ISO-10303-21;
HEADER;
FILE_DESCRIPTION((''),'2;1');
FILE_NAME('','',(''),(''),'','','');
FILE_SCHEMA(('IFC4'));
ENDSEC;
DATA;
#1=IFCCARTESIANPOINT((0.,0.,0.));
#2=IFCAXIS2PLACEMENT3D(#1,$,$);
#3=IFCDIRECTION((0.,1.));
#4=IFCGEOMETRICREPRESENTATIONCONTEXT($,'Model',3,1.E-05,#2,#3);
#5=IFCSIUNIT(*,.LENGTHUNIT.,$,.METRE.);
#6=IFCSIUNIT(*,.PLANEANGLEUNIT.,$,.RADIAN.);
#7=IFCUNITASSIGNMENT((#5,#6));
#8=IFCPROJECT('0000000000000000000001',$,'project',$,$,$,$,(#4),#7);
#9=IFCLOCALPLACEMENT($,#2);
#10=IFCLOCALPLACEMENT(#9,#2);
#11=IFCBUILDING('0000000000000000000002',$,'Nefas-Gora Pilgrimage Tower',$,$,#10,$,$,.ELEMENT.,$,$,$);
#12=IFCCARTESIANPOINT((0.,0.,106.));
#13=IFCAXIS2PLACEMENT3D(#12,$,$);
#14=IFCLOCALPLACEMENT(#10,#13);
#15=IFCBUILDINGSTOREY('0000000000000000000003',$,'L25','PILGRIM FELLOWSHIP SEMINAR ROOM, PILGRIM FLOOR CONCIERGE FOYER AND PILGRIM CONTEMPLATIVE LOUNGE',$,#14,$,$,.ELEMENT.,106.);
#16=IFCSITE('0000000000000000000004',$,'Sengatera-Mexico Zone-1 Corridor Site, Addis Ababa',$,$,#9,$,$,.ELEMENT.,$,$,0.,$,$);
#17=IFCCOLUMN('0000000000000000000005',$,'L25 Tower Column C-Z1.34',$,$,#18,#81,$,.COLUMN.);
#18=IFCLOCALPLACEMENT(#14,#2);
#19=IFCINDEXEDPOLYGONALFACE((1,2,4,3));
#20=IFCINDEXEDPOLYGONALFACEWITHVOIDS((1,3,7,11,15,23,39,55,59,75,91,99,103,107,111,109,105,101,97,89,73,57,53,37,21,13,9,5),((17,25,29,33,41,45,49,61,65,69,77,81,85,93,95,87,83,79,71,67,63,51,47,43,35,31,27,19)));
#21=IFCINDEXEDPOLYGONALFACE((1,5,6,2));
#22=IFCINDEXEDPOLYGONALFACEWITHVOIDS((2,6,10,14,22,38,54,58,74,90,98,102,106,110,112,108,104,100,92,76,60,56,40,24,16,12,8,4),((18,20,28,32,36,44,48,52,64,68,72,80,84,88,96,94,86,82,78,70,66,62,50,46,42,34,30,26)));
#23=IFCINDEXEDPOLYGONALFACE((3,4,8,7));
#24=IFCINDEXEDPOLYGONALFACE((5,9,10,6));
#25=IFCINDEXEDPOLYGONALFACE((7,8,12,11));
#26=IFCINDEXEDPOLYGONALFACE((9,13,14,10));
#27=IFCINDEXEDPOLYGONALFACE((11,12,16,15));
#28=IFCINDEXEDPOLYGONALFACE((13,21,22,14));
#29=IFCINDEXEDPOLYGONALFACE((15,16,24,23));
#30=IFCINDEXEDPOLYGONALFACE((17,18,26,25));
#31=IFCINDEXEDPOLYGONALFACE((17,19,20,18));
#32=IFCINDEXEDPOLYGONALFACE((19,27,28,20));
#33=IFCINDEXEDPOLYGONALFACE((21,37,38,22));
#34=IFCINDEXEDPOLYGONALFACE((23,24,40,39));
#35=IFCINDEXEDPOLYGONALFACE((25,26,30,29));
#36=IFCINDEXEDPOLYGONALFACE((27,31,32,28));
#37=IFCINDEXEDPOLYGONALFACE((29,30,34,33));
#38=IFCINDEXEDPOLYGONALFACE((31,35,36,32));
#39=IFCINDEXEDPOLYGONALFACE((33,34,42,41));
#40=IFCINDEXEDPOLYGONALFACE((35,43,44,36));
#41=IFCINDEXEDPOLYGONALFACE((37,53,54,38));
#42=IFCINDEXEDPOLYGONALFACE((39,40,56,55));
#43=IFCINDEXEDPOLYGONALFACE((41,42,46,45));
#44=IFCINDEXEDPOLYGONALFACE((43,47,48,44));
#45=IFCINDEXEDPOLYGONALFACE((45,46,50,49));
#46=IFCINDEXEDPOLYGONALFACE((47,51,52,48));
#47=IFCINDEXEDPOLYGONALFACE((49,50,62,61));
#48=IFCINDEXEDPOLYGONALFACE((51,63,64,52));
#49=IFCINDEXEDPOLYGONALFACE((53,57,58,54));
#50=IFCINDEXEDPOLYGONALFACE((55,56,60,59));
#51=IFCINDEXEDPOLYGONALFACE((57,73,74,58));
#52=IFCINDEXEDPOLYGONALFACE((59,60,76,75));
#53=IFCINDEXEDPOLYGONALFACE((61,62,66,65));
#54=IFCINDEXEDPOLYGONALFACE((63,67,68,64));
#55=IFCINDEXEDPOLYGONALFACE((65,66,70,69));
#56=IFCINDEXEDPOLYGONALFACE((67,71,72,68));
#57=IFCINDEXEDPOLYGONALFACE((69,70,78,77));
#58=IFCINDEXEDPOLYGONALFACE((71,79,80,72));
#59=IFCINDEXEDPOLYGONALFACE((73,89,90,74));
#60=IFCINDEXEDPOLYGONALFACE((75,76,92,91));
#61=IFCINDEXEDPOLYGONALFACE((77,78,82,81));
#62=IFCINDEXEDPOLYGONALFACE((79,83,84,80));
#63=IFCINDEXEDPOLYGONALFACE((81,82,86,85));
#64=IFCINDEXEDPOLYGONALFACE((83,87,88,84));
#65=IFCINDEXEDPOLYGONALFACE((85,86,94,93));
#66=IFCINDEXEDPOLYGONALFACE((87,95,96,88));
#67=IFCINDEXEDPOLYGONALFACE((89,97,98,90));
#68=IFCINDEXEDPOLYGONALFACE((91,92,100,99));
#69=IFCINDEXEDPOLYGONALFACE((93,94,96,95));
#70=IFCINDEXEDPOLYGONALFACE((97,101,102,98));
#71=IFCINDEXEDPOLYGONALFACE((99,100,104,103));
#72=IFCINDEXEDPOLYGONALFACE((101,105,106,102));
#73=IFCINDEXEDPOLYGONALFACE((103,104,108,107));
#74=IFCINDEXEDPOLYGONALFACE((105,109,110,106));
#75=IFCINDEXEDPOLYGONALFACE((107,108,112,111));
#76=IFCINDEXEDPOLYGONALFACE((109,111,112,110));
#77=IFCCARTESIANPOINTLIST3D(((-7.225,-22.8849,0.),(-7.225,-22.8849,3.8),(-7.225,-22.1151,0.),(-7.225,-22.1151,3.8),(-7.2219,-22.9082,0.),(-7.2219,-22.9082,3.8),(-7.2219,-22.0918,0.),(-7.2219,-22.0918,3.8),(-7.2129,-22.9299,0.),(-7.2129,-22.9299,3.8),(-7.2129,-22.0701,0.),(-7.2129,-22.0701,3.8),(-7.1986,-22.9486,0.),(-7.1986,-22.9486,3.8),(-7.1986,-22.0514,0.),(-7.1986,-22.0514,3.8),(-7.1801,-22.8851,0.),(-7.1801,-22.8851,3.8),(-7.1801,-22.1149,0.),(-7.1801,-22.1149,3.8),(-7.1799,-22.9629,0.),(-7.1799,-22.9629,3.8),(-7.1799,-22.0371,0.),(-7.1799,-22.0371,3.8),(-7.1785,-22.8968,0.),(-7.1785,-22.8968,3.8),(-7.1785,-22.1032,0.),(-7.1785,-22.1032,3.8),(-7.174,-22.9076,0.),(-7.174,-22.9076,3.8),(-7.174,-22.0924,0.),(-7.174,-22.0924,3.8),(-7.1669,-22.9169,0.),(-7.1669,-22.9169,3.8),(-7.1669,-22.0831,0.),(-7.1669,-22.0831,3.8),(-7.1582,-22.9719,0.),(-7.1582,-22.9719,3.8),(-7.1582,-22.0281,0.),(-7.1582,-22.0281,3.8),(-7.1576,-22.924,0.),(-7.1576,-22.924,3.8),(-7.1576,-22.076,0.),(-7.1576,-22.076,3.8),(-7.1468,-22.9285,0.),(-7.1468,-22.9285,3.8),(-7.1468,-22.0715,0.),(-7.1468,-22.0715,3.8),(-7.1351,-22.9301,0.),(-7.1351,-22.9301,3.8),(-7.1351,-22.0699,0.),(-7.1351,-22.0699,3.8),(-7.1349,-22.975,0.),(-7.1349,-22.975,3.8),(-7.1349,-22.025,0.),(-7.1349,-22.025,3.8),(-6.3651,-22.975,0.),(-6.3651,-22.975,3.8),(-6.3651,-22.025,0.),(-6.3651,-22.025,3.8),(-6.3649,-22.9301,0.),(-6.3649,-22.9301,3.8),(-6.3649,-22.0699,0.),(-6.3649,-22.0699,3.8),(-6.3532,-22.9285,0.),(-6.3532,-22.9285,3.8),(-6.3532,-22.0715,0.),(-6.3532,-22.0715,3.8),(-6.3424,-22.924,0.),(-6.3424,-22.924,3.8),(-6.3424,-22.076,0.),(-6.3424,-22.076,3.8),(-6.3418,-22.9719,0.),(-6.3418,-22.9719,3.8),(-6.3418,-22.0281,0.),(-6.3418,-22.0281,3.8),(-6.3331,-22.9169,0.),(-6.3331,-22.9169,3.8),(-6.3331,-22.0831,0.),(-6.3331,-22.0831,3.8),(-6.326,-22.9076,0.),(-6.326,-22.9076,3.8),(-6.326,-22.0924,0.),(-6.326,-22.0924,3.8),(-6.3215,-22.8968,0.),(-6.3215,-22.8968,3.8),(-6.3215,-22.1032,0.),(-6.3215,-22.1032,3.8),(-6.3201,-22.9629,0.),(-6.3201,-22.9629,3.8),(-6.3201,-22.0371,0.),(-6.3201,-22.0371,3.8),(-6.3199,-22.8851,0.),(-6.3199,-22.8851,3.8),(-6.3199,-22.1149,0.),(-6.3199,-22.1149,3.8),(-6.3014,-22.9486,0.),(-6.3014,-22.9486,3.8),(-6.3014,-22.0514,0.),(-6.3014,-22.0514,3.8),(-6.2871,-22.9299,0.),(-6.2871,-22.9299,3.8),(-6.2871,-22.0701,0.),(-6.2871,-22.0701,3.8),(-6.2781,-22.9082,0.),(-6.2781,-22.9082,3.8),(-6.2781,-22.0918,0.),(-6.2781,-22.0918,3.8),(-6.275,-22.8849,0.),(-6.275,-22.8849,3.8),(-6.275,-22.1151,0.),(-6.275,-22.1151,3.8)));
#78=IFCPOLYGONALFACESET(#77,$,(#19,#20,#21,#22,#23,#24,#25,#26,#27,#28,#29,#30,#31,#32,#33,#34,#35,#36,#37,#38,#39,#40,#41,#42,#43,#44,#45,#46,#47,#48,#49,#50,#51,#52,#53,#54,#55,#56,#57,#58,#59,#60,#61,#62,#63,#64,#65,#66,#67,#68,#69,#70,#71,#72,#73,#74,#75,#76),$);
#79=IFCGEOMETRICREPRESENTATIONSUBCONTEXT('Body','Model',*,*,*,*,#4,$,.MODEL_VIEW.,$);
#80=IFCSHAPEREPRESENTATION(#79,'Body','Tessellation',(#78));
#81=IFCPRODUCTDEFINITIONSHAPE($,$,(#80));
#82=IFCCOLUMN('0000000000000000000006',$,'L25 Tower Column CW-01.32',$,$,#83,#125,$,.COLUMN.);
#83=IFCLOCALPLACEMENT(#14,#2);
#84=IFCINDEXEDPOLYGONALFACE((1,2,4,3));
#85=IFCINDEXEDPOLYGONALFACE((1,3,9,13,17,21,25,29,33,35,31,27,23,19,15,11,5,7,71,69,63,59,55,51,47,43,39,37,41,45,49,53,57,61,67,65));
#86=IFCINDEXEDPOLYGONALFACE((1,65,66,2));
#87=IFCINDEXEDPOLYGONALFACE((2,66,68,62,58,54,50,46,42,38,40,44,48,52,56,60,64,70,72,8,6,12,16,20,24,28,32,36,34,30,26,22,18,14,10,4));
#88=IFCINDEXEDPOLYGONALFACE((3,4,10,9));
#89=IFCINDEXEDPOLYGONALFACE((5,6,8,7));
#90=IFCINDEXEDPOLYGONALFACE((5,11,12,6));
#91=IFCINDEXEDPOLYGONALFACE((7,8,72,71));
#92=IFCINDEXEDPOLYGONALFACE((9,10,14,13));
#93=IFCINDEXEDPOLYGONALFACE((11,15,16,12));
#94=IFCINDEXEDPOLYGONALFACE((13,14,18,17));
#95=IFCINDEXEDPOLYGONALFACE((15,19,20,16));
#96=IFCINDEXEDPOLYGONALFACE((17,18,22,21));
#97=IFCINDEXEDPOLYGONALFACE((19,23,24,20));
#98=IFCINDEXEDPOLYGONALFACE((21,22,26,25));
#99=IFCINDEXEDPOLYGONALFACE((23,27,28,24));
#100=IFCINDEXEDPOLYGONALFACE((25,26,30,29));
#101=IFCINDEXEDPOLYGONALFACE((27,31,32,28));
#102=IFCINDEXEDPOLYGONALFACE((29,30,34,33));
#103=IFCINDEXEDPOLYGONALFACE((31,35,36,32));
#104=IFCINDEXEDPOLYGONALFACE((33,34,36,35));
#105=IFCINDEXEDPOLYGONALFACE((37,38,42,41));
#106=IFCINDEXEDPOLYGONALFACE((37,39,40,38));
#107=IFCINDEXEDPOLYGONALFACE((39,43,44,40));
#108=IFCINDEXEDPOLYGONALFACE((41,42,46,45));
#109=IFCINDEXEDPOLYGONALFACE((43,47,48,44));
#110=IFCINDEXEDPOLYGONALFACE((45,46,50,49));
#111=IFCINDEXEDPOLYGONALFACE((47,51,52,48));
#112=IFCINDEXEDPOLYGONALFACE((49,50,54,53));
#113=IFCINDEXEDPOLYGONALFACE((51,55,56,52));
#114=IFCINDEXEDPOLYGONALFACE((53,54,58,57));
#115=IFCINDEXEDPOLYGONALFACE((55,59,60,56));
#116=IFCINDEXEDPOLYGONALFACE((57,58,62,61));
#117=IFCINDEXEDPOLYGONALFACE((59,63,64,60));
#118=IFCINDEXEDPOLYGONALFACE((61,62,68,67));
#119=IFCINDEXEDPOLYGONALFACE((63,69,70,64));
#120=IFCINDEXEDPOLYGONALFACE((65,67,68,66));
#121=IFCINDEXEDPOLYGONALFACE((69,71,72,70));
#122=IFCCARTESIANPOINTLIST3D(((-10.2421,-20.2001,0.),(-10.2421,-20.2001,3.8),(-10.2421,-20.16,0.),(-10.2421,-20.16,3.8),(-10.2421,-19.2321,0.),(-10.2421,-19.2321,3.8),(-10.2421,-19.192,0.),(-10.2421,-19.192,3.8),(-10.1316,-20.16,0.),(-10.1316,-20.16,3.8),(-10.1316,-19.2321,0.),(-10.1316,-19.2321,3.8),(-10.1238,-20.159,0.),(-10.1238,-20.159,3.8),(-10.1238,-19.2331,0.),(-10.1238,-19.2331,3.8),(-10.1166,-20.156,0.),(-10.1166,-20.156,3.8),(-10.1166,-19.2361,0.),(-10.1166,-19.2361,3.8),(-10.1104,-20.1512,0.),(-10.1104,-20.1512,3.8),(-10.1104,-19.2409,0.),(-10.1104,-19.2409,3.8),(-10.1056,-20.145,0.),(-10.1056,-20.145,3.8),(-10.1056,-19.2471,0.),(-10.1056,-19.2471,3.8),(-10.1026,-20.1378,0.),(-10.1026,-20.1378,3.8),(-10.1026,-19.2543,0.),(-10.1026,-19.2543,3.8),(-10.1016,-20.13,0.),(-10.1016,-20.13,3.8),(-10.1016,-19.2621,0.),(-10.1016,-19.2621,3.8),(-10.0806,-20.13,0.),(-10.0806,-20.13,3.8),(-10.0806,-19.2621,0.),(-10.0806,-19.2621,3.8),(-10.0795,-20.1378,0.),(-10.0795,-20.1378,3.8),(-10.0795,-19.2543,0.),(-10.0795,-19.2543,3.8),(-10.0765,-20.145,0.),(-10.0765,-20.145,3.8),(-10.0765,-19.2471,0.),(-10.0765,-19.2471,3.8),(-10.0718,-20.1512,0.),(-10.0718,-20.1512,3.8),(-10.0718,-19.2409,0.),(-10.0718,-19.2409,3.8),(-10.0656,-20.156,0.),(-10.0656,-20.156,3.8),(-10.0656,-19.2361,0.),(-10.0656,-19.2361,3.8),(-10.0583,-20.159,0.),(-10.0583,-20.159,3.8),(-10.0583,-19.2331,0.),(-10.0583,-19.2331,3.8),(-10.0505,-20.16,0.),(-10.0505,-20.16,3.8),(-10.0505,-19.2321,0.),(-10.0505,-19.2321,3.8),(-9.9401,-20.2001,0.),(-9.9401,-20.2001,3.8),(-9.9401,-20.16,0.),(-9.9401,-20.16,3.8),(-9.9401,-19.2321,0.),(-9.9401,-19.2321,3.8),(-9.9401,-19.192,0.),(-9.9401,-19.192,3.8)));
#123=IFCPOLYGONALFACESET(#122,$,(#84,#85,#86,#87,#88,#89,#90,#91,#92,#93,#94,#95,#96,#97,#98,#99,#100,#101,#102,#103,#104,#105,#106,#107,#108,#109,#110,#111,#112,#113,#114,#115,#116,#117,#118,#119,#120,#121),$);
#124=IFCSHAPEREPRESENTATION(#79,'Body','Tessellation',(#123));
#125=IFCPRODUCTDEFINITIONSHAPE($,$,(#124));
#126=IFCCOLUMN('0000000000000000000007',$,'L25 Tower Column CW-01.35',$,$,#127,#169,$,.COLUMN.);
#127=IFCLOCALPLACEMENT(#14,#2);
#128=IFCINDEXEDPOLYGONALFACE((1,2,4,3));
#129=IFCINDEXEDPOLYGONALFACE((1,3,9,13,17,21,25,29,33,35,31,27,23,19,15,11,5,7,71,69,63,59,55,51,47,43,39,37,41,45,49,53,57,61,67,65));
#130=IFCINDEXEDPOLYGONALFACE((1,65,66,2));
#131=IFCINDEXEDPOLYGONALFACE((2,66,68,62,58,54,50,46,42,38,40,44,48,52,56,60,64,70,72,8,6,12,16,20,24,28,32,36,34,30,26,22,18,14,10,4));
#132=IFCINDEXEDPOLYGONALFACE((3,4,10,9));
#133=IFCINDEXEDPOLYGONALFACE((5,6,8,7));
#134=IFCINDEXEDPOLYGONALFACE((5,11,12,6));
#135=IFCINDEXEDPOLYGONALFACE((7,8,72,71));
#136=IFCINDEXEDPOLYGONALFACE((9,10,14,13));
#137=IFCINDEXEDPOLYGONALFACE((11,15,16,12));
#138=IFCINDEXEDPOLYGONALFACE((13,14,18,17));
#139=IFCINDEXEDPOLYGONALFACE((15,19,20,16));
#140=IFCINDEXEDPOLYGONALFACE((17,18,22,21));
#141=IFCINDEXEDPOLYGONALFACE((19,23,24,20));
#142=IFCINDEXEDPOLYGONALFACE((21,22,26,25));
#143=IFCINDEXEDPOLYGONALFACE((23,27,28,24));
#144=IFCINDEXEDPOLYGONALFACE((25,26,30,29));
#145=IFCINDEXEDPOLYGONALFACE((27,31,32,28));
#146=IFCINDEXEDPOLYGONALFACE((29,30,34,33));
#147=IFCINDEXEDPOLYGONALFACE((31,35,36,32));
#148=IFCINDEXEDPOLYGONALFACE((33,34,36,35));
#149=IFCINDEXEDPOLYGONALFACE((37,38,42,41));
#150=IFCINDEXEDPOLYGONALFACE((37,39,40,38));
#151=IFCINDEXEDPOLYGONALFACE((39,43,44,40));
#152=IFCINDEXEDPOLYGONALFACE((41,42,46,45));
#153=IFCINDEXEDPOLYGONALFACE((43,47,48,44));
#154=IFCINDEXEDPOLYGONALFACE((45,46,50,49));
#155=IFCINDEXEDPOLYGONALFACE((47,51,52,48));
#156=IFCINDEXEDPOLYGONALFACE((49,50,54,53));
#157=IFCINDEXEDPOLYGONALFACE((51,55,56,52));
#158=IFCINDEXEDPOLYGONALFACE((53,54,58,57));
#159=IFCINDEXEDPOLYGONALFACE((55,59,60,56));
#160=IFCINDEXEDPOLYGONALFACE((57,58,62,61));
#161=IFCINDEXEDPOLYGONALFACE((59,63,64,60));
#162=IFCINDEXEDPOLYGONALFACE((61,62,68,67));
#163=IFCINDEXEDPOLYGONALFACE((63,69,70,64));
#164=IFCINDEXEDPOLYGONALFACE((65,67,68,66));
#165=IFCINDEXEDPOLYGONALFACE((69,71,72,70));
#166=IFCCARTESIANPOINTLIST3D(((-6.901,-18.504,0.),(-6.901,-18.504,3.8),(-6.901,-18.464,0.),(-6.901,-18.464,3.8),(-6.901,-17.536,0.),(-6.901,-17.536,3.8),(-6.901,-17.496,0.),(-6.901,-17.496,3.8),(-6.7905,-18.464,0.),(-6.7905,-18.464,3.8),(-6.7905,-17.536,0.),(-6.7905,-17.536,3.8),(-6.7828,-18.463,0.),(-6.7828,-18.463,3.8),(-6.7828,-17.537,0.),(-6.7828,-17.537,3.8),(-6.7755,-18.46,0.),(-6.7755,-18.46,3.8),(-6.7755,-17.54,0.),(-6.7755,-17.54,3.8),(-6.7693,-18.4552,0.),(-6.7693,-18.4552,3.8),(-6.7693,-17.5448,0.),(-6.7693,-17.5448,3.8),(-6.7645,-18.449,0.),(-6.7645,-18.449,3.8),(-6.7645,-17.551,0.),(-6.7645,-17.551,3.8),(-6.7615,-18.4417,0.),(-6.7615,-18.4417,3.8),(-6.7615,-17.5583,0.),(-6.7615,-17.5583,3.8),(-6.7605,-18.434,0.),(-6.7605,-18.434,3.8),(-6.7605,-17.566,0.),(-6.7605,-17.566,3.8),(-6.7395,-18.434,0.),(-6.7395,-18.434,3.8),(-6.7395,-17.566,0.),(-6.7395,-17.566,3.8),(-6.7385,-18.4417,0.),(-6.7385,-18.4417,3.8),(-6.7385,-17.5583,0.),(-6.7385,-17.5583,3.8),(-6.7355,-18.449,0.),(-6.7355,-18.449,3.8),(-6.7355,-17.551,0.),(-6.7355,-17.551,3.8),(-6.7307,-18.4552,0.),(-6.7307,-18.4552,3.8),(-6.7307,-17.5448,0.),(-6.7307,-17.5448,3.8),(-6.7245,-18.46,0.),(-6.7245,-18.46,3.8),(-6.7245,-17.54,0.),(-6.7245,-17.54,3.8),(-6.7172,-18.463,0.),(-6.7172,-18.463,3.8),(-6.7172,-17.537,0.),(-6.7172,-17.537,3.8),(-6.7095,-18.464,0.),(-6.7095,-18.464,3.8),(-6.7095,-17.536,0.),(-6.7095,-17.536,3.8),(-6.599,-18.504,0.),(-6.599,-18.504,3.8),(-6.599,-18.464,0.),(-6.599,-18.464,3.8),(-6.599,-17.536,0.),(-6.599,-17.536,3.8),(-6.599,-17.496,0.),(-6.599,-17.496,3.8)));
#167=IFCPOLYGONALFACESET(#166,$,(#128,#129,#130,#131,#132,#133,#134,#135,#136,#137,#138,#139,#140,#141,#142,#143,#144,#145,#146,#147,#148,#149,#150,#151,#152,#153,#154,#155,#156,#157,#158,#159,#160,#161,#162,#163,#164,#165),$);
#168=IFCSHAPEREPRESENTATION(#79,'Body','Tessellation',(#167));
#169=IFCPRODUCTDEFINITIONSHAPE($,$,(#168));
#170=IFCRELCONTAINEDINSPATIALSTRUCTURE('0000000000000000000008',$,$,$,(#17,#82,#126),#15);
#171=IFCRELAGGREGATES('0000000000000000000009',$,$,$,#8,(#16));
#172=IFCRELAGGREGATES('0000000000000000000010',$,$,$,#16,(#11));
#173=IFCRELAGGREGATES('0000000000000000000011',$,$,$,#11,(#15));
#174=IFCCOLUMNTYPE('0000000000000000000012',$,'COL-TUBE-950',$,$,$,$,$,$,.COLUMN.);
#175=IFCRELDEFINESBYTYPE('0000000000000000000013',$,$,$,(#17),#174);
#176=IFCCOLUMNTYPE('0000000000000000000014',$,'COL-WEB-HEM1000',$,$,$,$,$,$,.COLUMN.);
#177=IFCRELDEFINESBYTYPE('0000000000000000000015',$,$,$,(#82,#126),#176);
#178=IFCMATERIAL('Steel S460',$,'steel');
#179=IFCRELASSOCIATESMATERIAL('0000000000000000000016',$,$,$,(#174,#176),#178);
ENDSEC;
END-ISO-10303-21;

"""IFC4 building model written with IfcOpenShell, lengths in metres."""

from ifc_helpers import new_model, si_unit, direction, frame, origin, origin_2d, place, context, subcontext, project, spatial, hollow_rectangle, i_section, extrude, source, transform, mapped, material, material_profile, profile_set, type_object, element, save


model = new_model("IFC4")

# Units and contexts
model_context = context("Model", 3, precision=1e-05, world=origin(), true_north=direction((0.0, 1.0)))
body_context = subcontext(model_context, "Body", "Model", "MODEL_VIEW")
ifc_project = project(units=[si_unit("LENGTHUNIT", "METRE"), si_unit("PLANEANGLEUNIT", "RADIAN")], contexts=[model_context])

# Site, building, storey
site_placement = place(None, origin())
site = spatial("IfcSite", under=ifc_project, at=site_placement, Name="Sengatera-Mexico Zone-1 Corridor Site, Addis Ababa", CompositionType="ELEMENT", RefElevation=0.0)
building_placement = place(site_placement, origin())
building = spatial("IfcBuilding", under=site, at=building_placement, Name="Nefas-Gora Pilgrimage Tower", CompositionType="ELEMENT")
storey_placement = place(building_placement, frame((0.0, 0.0, 106.0)))
storey = spatial("IfcBuildingStorey", under=building, at=storey_placement, Name="L25", Description="PILGRIM FELLOWSHIP SEMINAR ROOM, PILGRIM FLOOR CONCIERGE FOYER AND PILGRIM CONTEMPLATIVE LOUNGE", CompositionType="ELEMENT", Elevation=106.0)

# Columns
ifc_material_1 = material(Name="Steel S460", Category="steel")
ifc_material_profile_1 = material_profile(ifc_material_1, hollow_rectangle(XDim=0.95, YDim=0.95, WallThickness=0.0449, InnerFilletRadius=0.0449, OuterFilletRadius=0.0901, at=origin_2d()), Name="BOX 950x950x45")
ifc_profile_set_1 = profile_set([ifc_material_profile_1], Name="Steel S460")
column_type_1 = type_object("IfcColumnType", Name="COL-TUBE-950", PredefinedType="COLUMN", material=ifc_profile_set_1)
shared_shape_1 = source(origin(), body_context, "Body", "SweptSolid", [
    extrude(hollow_rectangle(XDim=0.95, YDim=0.95, WallThickness=0.0449, InnerFilletRadius=0.0449, OuterFilletRadius=0.0901, at=origin_2d()), origin(), (0.0, 0.0, 1.0), 3.8),
])
column_placement = place(storey_placement, frame((-6.75, -22.5, 0.0), z_axis=(0.0, 0.0, 1.0), x_axis=(1.0, 0.0, 0.0)))
element("IfcColumn", 1, at=column_placement, inside=storey, type_object=column_type_1, Name="L25 Tower Column C-Z1.34", PredefinedType="COLUMN", context=body_context, shape_type="MappedRepresentation", body=[
    mapped(shared_shape_1, transform((0.0, 0.0, 0.0), x_axis=(1.0, 0.0, 0.0), y_axis=(0.0, 1.0, 0.0), z_axis=(0.0, 0.0, 1.0), scale=1.0)),
])
ifc_material_profile_2 = material_profile(ifc_material_1, i_section(OverallWidth=0.302, OverallDepth=1.0081, WebThickness=0.021, FlangeThickness=0.04, FilletRadius=0.03, at=origin_2d()), Name="HEM 1000")
ifc_profile_set_2 = profile_set([ifc_material_profile_2], Name="Steel S460")
column_type_2 = type_object("IfcColumnType", Name="COL-WEB-HEM1000", PredefinedType="COLUMN", material=ifc_profile_set_2)
shared_shape_2 = source(origin(), body_context, "Body", "SweptSolid", [
    extrude(i_section(OverallWidth=0.302, OverallDepth=1.0081, WebThickness=0.021, FlangeThickness=0.04, FilletRadius=0.03, at=origin_2d()), origin(), (0.0, 0.0, 1.0), 3.8),
])
for number, where, z_axis, x_axis, name in (
    (2, (-10.0911, -19.696, 0.0), (0.0, 0.0, 1.0), (1.0, 0.0, 0.0), "L25 Tower Column CW-01.32"),
    (3, (-6.75, -18.0, 0.0), (0.0, 0.0, 1.0), (1.0, 0.0, 0.0), "L25 Tower Column CW-01.35"),
):
    element("IfcColumn", number, at=place(storey_placement, frame(where, z_axis=z_axis, x_axis=x_axis)), inside=storey, type_object=column_type_2, Name=name, PredefinedType="COLUMN", context=body_context, shape_type="MappedRepresentation", body=[
        mapped(shared_shape_2, transform((0.0, 0.0, 0.0), x_axis=(1.0, 0.0, 0.0), y_axis=(0.0, 1.0, 0.0), z_axis=(0.0, 0.0, 1.0), scale=1.0)),
    ])

save(model, "model.ifc")
